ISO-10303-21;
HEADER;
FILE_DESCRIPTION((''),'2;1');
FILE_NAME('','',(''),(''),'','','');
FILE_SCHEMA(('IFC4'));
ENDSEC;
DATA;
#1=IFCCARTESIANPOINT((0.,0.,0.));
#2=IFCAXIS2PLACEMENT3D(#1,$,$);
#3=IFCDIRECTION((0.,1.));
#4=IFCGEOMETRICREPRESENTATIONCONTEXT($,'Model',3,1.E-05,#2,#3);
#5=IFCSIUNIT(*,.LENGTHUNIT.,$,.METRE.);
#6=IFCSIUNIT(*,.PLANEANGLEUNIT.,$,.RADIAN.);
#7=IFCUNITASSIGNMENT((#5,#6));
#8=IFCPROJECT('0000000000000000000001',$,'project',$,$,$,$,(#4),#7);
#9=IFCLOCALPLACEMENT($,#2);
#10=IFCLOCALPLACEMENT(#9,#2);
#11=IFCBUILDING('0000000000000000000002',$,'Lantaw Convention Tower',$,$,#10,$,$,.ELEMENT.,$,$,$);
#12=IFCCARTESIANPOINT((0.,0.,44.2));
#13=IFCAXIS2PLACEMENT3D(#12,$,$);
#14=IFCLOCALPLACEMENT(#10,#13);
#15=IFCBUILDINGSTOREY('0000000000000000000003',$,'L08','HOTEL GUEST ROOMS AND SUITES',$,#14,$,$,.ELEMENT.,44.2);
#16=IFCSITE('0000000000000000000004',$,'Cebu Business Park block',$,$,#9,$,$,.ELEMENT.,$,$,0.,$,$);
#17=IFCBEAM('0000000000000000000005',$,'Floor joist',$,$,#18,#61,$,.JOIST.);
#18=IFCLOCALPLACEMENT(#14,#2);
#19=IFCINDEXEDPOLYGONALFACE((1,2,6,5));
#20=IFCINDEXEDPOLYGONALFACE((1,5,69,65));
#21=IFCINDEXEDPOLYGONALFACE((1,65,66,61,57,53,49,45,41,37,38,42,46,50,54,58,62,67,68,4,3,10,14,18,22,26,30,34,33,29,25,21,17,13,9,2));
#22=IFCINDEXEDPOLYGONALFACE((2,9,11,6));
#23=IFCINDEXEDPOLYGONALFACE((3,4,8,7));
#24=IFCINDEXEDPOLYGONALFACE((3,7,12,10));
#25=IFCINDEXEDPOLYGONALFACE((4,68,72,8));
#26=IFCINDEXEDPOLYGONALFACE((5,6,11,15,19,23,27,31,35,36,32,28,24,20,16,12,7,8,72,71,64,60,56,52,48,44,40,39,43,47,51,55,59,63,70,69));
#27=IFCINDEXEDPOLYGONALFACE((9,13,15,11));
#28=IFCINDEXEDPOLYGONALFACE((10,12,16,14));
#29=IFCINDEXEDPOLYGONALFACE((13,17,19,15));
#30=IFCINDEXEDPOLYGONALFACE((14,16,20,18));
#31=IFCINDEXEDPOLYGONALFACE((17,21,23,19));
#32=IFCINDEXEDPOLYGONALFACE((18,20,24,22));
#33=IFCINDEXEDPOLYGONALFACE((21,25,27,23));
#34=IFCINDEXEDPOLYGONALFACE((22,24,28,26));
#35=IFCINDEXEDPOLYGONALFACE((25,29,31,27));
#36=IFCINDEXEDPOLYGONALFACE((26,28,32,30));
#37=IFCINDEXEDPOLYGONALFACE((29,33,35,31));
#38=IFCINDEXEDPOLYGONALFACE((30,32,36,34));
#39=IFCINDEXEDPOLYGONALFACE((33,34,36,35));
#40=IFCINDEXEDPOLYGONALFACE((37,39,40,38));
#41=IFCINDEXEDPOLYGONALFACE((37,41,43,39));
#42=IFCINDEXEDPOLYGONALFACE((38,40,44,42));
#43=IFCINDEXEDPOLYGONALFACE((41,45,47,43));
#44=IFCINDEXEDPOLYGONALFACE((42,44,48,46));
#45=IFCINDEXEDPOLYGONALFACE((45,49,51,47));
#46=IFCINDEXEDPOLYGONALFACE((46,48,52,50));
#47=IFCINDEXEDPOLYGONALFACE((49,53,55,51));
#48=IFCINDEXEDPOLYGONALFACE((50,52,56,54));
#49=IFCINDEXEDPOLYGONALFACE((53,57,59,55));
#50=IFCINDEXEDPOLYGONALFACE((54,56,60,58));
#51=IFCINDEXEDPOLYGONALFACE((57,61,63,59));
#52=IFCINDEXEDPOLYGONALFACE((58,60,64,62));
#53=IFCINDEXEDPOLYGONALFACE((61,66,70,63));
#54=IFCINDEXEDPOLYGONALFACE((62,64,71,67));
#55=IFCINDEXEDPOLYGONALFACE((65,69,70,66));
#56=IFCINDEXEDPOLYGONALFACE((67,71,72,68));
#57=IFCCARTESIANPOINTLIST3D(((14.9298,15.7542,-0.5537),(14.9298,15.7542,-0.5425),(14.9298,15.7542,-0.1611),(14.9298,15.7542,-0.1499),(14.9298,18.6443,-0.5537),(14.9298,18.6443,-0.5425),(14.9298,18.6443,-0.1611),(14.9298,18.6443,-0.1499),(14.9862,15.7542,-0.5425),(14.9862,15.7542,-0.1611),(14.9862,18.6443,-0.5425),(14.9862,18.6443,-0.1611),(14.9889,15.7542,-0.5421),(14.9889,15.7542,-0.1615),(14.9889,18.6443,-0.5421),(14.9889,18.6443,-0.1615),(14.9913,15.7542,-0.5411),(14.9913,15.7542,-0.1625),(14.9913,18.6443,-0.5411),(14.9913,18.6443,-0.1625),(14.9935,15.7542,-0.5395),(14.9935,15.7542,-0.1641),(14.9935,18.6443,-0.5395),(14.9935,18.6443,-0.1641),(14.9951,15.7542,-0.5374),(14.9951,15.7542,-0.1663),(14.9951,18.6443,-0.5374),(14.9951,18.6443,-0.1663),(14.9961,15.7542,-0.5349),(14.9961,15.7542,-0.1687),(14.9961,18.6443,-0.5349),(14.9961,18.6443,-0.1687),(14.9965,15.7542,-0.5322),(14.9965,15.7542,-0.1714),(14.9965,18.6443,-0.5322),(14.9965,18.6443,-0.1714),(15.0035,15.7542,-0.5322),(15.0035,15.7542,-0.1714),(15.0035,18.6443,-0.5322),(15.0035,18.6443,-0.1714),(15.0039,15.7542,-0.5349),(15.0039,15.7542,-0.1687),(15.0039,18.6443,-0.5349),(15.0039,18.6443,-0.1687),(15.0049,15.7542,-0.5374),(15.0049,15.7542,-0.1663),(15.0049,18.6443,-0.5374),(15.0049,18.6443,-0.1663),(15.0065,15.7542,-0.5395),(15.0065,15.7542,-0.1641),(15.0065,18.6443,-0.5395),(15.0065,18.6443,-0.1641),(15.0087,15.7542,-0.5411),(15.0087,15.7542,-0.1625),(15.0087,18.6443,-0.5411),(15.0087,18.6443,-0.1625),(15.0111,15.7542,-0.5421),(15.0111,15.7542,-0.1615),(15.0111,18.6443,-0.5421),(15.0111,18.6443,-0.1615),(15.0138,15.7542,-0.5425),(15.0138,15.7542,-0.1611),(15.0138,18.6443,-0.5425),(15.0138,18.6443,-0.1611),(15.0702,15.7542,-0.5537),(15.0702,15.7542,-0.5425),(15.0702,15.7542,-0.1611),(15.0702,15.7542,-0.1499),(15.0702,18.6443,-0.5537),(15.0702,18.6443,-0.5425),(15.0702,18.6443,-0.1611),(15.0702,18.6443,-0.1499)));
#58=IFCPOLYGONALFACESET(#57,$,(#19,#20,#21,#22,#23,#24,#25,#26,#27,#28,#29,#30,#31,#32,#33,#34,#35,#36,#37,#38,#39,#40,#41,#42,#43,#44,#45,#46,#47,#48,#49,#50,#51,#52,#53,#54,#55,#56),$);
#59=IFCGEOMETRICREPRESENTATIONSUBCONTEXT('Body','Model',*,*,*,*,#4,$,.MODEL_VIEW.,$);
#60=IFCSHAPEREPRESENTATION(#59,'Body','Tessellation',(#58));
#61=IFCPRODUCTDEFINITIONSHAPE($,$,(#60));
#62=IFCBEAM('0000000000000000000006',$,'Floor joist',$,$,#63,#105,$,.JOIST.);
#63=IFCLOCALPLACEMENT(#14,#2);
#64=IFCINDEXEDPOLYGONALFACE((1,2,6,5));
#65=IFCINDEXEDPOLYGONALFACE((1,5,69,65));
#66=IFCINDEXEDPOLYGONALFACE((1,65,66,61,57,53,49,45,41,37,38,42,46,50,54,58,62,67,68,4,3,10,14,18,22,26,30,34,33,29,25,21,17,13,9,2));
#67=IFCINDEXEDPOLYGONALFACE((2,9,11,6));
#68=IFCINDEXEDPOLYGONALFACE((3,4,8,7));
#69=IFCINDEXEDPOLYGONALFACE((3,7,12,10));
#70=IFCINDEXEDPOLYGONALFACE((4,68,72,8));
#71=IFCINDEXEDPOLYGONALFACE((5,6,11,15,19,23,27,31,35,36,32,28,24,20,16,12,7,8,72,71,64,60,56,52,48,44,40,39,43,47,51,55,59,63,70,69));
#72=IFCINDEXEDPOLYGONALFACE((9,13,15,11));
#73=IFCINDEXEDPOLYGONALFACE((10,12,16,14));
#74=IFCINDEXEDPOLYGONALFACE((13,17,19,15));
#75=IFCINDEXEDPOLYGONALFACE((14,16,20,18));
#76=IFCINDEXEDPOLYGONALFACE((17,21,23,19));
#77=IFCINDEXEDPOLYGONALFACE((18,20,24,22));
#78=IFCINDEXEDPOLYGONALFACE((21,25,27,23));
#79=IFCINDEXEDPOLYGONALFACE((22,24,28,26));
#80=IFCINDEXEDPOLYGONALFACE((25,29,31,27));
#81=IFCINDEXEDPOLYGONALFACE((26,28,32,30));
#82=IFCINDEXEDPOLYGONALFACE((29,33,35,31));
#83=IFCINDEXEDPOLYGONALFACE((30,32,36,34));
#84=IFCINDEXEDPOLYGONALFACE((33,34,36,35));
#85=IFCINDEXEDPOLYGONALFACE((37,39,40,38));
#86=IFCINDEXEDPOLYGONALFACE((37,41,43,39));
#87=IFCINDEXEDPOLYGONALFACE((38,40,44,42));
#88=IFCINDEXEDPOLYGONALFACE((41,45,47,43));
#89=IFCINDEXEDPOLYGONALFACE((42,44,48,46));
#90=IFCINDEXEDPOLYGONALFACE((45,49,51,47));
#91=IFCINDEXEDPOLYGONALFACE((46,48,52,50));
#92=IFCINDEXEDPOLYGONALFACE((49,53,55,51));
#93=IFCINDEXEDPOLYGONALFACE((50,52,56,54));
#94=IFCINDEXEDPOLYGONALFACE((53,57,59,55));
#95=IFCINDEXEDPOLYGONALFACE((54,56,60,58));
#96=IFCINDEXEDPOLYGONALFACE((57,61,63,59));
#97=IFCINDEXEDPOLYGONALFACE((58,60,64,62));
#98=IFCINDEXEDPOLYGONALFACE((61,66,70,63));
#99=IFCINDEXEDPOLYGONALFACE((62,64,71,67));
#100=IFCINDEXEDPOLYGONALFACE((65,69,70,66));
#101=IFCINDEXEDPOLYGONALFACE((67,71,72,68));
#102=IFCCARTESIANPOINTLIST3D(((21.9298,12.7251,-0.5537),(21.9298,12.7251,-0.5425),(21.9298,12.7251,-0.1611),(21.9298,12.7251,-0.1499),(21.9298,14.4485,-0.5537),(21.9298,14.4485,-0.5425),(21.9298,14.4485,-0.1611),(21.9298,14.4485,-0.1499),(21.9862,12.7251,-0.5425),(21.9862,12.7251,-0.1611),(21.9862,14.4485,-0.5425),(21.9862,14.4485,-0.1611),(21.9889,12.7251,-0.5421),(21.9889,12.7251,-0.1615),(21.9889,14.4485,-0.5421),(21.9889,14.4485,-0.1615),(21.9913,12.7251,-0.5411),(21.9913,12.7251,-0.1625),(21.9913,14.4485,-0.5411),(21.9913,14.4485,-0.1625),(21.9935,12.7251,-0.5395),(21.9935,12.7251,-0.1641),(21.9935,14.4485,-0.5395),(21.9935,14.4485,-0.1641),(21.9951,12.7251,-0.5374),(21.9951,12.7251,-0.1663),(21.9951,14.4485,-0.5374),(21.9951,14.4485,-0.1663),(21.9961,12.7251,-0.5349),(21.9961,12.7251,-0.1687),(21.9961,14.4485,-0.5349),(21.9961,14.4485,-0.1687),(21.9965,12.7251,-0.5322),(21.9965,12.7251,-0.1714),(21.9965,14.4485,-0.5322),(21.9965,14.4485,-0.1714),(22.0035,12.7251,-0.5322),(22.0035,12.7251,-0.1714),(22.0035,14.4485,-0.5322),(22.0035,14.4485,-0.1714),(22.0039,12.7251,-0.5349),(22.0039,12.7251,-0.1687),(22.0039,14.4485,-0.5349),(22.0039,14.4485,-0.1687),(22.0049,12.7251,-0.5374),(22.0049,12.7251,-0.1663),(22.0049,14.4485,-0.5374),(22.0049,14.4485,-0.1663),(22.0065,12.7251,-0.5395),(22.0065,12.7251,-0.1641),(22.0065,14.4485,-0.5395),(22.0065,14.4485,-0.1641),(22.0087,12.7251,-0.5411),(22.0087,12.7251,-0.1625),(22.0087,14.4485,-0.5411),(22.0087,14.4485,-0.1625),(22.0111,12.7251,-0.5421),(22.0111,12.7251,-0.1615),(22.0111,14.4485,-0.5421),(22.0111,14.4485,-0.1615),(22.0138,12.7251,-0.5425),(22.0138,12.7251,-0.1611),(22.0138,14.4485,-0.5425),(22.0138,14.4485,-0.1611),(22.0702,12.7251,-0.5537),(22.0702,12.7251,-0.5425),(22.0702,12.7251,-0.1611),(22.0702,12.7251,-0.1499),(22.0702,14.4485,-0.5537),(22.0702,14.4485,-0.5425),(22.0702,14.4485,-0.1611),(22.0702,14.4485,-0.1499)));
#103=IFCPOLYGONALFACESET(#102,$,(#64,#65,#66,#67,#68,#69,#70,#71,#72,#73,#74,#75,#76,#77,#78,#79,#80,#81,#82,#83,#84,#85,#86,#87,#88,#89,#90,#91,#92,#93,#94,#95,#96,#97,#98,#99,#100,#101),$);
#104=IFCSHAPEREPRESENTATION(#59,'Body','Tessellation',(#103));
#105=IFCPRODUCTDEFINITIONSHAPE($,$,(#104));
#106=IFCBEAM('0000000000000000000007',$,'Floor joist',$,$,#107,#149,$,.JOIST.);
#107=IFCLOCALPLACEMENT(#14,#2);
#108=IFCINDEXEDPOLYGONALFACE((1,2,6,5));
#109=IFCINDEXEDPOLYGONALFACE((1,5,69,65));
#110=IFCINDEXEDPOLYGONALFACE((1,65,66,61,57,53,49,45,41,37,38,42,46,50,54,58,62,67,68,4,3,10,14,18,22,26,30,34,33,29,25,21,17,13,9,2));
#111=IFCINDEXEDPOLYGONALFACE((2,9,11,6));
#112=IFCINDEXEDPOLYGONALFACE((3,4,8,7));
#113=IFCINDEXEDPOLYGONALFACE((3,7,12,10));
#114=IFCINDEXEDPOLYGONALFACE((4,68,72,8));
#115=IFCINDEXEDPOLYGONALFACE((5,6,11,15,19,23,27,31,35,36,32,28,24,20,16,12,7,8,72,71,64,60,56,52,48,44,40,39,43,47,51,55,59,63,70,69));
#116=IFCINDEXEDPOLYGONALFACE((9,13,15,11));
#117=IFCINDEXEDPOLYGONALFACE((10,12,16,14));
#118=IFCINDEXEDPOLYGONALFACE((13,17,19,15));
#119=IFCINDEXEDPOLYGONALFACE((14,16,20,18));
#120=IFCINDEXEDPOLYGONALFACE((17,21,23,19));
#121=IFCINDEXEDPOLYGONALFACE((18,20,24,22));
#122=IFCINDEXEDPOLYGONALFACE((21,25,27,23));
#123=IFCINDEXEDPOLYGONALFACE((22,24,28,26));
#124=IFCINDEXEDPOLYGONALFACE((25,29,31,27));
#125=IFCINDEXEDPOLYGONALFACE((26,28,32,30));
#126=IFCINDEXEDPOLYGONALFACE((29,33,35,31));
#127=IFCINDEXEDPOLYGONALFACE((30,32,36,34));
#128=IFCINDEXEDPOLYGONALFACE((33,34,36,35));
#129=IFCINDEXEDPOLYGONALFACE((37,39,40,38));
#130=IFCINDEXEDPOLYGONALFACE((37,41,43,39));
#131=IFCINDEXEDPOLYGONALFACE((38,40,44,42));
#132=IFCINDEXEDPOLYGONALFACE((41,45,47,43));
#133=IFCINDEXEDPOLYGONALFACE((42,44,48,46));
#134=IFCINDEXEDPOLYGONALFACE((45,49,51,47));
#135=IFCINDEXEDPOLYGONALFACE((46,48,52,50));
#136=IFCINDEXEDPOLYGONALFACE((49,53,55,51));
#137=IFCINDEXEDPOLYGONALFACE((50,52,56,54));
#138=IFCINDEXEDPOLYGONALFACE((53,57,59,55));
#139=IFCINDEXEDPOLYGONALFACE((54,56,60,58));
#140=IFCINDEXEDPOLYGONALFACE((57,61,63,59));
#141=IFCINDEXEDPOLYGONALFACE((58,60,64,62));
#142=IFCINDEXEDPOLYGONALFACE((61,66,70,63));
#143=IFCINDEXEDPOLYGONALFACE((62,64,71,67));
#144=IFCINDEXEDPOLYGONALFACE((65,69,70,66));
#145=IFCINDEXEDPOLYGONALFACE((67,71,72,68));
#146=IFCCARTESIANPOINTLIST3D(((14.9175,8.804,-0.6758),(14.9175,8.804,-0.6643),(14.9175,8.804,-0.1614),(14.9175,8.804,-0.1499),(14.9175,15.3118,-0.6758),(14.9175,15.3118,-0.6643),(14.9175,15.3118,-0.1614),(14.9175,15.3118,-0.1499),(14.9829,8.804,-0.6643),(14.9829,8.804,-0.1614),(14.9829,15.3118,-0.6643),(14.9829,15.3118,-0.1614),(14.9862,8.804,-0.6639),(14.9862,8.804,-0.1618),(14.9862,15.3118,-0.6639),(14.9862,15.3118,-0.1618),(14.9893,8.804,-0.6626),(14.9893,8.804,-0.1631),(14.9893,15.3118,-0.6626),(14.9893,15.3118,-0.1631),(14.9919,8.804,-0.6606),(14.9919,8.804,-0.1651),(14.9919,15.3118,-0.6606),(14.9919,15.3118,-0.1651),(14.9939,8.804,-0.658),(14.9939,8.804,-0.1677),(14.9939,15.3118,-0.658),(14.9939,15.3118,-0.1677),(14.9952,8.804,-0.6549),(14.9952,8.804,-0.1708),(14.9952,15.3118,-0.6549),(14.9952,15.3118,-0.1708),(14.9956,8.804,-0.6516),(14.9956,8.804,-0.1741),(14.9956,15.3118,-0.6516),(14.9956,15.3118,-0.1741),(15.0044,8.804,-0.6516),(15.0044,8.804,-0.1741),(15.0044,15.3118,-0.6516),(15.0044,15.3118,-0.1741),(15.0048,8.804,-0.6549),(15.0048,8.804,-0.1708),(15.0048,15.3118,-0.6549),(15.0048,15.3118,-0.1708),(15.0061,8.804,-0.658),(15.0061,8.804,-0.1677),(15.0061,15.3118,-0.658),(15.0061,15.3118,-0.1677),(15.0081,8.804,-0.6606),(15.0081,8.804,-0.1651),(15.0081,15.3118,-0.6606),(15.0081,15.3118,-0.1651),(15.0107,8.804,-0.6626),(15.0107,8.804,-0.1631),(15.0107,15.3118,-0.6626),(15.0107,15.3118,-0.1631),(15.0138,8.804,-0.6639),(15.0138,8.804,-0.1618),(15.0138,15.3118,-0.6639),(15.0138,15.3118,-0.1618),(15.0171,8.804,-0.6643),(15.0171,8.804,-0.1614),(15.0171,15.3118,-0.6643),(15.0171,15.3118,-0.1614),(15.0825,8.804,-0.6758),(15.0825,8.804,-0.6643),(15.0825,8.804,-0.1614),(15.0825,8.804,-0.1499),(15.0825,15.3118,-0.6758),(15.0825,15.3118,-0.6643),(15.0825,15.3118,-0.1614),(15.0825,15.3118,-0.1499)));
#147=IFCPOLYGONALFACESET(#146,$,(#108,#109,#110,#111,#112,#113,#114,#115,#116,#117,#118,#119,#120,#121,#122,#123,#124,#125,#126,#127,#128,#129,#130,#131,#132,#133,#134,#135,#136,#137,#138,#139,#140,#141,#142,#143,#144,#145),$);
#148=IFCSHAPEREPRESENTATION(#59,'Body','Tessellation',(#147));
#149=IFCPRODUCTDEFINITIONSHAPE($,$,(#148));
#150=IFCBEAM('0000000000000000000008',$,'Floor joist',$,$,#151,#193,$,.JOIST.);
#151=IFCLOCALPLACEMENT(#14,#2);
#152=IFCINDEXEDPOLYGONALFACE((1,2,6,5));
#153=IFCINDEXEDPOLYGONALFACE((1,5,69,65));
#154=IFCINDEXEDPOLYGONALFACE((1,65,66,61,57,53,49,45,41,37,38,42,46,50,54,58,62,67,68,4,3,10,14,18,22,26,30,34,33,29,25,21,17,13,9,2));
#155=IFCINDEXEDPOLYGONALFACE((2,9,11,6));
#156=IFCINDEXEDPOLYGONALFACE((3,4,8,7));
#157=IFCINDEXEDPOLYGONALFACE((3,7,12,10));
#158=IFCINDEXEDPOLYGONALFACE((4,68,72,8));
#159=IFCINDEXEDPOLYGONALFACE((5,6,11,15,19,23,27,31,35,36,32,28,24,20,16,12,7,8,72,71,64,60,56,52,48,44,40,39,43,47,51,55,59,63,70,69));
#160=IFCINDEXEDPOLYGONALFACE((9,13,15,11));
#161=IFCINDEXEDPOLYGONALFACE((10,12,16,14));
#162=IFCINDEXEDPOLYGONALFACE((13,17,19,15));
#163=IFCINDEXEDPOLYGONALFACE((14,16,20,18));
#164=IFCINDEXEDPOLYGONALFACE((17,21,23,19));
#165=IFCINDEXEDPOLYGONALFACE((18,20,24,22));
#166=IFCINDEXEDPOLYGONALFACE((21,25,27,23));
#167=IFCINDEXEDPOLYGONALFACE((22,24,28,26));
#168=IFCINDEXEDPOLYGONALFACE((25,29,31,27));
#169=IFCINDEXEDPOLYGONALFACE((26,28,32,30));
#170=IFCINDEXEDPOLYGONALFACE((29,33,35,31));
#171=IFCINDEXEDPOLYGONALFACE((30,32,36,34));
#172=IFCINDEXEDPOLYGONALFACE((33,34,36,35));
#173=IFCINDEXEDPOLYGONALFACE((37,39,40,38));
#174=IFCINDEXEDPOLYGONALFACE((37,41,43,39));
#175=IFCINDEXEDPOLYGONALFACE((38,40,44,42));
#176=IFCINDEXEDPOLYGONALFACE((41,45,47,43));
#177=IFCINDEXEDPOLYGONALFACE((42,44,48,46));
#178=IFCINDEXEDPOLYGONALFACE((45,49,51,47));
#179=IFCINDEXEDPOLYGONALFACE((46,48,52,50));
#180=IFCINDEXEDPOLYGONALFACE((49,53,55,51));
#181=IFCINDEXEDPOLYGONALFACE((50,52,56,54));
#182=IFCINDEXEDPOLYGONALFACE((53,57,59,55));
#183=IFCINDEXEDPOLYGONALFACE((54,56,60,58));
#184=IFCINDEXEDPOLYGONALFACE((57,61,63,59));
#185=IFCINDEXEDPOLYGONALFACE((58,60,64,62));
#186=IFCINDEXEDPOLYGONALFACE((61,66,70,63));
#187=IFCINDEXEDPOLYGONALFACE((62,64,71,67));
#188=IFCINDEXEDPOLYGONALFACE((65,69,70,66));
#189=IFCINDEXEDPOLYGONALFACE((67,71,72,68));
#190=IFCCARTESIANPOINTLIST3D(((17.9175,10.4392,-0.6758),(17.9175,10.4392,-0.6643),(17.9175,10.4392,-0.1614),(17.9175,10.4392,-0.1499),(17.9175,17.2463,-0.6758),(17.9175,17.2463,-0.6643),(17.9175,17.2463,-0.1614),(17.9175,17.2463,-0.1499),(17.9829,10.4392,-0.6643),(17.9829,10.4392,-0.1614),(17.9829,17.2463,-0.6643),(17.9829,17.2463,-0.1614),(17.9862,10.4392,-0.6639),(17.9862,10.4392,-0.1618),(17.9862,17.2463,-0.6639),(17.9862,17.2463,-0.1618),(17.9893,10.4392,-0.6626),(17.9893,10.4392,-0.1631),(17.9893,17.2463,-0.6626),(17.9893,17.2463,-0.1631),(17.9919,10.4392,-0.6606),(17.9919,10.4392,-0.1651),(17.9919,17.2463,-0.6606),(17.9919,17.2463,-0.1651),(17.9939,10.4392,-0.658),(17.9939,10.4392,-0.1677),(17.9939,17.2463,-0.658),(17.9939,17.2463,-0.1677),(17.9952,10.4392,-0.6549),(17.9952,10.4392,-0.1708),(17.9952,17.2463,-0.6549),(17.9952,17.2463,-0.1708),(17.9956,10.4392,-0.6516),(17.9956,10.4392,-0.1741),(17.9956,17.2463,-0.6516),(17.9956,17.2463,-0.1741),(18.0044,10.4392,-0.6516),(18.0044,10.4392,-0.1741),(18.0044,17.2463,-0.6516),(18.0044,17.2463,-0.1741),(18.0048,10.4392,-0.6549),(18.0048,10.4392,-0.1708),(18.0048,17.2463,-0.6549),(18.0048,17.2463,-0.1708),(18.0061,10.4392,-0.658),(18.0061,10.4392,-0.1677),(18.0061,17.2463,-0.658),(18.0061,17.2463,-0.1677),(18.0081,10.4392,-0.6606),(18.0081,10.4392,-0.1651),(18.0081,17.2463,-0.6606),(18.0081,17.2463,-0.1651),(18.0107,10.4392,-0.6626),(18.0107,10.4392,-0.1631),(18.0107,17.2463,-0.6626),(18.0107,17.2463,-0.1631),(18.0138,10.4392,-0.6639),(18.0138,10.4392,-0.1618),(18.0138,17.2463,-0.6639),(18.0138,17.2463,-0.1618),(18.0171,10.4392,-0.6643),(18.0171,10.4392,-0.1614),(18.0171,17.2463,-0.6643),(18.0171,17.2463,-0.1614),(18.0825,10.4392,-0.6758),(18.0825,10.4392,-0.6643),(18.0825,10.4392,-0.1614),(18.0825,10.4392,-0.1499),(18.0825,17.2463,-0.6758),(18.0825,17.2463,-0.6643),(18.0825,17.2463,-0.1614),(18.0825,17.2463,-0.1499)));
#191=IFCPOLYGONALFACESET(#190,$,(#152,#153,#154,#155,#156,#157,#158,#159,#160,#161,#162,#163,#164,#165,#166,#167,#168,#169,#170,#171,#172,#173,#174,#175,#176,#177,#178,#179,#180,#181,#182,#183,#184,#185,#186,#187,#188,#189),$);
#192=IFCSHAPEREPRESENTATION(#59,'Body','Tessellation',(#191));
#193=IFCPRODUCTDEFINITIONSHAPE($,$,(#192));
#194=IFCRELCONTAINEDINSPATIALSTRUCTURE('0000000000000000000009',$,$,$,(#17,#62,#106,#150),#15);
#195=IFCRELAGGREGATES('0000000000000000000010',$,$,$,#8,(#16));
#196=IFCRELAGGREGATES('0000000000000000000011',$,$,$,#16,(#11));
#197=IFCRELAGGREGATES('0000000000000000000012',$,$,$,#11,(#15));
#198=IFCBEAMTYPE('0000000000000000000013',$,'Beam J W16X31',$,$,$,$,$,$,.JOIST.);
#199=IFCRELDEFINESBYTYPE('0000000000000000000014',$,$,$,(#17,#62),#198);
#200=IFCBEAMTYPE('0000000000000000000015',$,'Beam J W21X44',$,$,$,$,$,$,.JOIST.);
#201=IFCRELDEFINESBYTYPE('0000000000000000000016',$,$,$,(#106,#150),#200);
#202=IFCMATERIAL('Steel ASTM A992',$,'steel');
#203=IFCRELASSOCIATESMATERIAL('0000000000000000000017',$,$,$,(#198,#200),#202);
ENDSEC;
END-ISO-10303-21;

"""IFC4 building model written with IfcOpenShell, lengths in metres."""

from ifc_helpers import new_model, si_unit, direction, frame, origin, origin_2d, place, context, subcontext, project, spatial, i_section, extrude, material, material_profile, profile_set, type_object, element, save


model = new_model("IFC4")

# Units and contexts
model_context = context("Model", 3, precision=1e-05, world=origin(), true_north=direction((0.0, 1.0)))
body_context = subcontext(model_context, "Body", "Model", "MODEL_VIEW")
ifc_project = project(units=[si_unit("LENGTHUNIT", "METRE"), si_unit("PLANEANGLEUNIT", "RADIAN")], contexts=[model_context])

# Site, building, storey
site_placement = place(None, origin())
site = spatial("IfcSite", under=ifc_project, at=site_placement, Name="Cebu Business Park block", CompositionType="ELEMENT", RefElevation=0.0)
building_placement = place(site_placement, origin())
building = spatial("IfcBuilding", under=site, at=building_placement, Name="Lantaw Convention Tower", CompositionType="ELEMENT")
storey_placement = place(building_placement, frame((0.0, 0.0, 44.2)))
storey = spatial("IfcBuildingStorey", under=building, at=storey_placement, Name="L08", Description="HOTEL GUEST ROOMS AND SUITES", CompositionType="ELEMENT", Elevation=44.2)

# Beams
ifc_material_1 = material(Name="Steel ASTM A992", Category="steel")
ifc_material_profile_1 = material_profile(ifc_material_1, i_section(OverallWidth=0.1404, OverallDepth=0.4038, WebThickness=0.0071, FlangeThickness=0.0112, FilletRadius=0.0103, at=origin_2d()), Name="W16X31")
ifc_profile_set_1 = profile_set([ifc_material_profile_1], Name="Steel ASTM A992")
beam_type_1 = type_object("IfcBeamType", Name="Beam J W16X31", PredefinedType="JOIST", material=ifc_profile_set_1)
beam_1_placement = place(storey_placement, frame((15.0, 15.7542, -0.3518), z_axis=(0.0, 1.0, 0.0), x_axis=(-1.0, 0.0, 0.0)))
element("IfcBeam", 1, at=beam_1_placement, inside=storey, type_object=beam_type_1, Name="Floor joist", PredefinedType="JOIST", context=body_context, shape_type="SweptSolid", body=[
    extrude(i_section(OverallWidth=0.1404, OverallDepth=0.4038, WebThickness=0.0071, FlangeThickness=0.0112, FilletRadius=0.0103, at=origin_2d()), origin(), (0.0, 0.0, 1.0), 2.8901),
])
beam_2_placement = place(storey_placement, frame((22.0, 12.7251, -0.3518), z_axis=(0.0, 1.0, 0.0), x_axis=(-1.0, 0.0, 0.0)))
element("IfcBeam", 2, at=beam_2_placement, inside=storey, type_object=beam_type_1, Name="Floor joist", PredefinedType="JOIST", context=body_context, shape_type="SweptSolid", body=[
    extrude(i_section(OverallWidth=0.1404, OverallDepth=0.4038, WebThickness=0.0071, FlangeThickness=0.0112, FilletRadius=0.0103, at=origin_2d()), origin(), (0.0, 0.0, 1.0), 1.7234),
])
ifc_material_profile_2 = material_profile(ifc_material_1, i_section(OverallWidth=0.165, OverallDepth=0.5259, WebThickness=0.0088, FlangeThickness=0.0115, FilletRadius=0.0127, at=origin_2d()), Name="W21X44")
ifc_profile_set_2 = profile_set([ifc_material_profile_2], Name="Steel ASTM A992")
beam_type_2 = type_object("IfcBeamType", Name="Beam J W21X44", PredefinedType="JOIST", material=ifc_profile_set_2)
beam_3_placement = place(storey_placement, frame((15.0, 8.804, -0.4128), z_axis=(0.0, 1.0, 0.0), x_axis=(-1.0, 0.0, 0.0)))
element("IfcBeam", 3, at=beam_3_placement, inside=storey, type_object=beam_type_2, Name="Floor joist", PredefinedType="JOIST", context=body_context, shape_type="SweptSolid", body=[
    extrude(i_section(OverallWidth=0.165, OverallDepth=0.5259, WebThickness=0.0088, FlangeThickness=0.0115, FilletRadius=0.0127, at=origin_2d()), origin(), (0.0, 0.0, 1.0), 6.5078),
])
beam_4_placement = place(storey_placement, frame((18.0, 10.4392, -0.4128), z_axis=(0.0, 1.0, 0.0), x_axis=(-1.0, 0.0, 0.0)))
element("IfcBeam", 4, at=beam_4_placement, inside=storey, type_object=beam_type_2, Name="Floor joist", PredefinedType="JOIST", context=body_context, shape_type="SweptSolid", body=[
    extrude(i_section(OverallWidth=0.165, OverallDepth=0.5259, WebThickness=0.0088, FlangeThickness=0.0115, FilletRadius=0.0127, at=origin_2d()), origin(), (0.0, 0.0, 1.0), 6.8071),
])

save(model, "model.ifc")
